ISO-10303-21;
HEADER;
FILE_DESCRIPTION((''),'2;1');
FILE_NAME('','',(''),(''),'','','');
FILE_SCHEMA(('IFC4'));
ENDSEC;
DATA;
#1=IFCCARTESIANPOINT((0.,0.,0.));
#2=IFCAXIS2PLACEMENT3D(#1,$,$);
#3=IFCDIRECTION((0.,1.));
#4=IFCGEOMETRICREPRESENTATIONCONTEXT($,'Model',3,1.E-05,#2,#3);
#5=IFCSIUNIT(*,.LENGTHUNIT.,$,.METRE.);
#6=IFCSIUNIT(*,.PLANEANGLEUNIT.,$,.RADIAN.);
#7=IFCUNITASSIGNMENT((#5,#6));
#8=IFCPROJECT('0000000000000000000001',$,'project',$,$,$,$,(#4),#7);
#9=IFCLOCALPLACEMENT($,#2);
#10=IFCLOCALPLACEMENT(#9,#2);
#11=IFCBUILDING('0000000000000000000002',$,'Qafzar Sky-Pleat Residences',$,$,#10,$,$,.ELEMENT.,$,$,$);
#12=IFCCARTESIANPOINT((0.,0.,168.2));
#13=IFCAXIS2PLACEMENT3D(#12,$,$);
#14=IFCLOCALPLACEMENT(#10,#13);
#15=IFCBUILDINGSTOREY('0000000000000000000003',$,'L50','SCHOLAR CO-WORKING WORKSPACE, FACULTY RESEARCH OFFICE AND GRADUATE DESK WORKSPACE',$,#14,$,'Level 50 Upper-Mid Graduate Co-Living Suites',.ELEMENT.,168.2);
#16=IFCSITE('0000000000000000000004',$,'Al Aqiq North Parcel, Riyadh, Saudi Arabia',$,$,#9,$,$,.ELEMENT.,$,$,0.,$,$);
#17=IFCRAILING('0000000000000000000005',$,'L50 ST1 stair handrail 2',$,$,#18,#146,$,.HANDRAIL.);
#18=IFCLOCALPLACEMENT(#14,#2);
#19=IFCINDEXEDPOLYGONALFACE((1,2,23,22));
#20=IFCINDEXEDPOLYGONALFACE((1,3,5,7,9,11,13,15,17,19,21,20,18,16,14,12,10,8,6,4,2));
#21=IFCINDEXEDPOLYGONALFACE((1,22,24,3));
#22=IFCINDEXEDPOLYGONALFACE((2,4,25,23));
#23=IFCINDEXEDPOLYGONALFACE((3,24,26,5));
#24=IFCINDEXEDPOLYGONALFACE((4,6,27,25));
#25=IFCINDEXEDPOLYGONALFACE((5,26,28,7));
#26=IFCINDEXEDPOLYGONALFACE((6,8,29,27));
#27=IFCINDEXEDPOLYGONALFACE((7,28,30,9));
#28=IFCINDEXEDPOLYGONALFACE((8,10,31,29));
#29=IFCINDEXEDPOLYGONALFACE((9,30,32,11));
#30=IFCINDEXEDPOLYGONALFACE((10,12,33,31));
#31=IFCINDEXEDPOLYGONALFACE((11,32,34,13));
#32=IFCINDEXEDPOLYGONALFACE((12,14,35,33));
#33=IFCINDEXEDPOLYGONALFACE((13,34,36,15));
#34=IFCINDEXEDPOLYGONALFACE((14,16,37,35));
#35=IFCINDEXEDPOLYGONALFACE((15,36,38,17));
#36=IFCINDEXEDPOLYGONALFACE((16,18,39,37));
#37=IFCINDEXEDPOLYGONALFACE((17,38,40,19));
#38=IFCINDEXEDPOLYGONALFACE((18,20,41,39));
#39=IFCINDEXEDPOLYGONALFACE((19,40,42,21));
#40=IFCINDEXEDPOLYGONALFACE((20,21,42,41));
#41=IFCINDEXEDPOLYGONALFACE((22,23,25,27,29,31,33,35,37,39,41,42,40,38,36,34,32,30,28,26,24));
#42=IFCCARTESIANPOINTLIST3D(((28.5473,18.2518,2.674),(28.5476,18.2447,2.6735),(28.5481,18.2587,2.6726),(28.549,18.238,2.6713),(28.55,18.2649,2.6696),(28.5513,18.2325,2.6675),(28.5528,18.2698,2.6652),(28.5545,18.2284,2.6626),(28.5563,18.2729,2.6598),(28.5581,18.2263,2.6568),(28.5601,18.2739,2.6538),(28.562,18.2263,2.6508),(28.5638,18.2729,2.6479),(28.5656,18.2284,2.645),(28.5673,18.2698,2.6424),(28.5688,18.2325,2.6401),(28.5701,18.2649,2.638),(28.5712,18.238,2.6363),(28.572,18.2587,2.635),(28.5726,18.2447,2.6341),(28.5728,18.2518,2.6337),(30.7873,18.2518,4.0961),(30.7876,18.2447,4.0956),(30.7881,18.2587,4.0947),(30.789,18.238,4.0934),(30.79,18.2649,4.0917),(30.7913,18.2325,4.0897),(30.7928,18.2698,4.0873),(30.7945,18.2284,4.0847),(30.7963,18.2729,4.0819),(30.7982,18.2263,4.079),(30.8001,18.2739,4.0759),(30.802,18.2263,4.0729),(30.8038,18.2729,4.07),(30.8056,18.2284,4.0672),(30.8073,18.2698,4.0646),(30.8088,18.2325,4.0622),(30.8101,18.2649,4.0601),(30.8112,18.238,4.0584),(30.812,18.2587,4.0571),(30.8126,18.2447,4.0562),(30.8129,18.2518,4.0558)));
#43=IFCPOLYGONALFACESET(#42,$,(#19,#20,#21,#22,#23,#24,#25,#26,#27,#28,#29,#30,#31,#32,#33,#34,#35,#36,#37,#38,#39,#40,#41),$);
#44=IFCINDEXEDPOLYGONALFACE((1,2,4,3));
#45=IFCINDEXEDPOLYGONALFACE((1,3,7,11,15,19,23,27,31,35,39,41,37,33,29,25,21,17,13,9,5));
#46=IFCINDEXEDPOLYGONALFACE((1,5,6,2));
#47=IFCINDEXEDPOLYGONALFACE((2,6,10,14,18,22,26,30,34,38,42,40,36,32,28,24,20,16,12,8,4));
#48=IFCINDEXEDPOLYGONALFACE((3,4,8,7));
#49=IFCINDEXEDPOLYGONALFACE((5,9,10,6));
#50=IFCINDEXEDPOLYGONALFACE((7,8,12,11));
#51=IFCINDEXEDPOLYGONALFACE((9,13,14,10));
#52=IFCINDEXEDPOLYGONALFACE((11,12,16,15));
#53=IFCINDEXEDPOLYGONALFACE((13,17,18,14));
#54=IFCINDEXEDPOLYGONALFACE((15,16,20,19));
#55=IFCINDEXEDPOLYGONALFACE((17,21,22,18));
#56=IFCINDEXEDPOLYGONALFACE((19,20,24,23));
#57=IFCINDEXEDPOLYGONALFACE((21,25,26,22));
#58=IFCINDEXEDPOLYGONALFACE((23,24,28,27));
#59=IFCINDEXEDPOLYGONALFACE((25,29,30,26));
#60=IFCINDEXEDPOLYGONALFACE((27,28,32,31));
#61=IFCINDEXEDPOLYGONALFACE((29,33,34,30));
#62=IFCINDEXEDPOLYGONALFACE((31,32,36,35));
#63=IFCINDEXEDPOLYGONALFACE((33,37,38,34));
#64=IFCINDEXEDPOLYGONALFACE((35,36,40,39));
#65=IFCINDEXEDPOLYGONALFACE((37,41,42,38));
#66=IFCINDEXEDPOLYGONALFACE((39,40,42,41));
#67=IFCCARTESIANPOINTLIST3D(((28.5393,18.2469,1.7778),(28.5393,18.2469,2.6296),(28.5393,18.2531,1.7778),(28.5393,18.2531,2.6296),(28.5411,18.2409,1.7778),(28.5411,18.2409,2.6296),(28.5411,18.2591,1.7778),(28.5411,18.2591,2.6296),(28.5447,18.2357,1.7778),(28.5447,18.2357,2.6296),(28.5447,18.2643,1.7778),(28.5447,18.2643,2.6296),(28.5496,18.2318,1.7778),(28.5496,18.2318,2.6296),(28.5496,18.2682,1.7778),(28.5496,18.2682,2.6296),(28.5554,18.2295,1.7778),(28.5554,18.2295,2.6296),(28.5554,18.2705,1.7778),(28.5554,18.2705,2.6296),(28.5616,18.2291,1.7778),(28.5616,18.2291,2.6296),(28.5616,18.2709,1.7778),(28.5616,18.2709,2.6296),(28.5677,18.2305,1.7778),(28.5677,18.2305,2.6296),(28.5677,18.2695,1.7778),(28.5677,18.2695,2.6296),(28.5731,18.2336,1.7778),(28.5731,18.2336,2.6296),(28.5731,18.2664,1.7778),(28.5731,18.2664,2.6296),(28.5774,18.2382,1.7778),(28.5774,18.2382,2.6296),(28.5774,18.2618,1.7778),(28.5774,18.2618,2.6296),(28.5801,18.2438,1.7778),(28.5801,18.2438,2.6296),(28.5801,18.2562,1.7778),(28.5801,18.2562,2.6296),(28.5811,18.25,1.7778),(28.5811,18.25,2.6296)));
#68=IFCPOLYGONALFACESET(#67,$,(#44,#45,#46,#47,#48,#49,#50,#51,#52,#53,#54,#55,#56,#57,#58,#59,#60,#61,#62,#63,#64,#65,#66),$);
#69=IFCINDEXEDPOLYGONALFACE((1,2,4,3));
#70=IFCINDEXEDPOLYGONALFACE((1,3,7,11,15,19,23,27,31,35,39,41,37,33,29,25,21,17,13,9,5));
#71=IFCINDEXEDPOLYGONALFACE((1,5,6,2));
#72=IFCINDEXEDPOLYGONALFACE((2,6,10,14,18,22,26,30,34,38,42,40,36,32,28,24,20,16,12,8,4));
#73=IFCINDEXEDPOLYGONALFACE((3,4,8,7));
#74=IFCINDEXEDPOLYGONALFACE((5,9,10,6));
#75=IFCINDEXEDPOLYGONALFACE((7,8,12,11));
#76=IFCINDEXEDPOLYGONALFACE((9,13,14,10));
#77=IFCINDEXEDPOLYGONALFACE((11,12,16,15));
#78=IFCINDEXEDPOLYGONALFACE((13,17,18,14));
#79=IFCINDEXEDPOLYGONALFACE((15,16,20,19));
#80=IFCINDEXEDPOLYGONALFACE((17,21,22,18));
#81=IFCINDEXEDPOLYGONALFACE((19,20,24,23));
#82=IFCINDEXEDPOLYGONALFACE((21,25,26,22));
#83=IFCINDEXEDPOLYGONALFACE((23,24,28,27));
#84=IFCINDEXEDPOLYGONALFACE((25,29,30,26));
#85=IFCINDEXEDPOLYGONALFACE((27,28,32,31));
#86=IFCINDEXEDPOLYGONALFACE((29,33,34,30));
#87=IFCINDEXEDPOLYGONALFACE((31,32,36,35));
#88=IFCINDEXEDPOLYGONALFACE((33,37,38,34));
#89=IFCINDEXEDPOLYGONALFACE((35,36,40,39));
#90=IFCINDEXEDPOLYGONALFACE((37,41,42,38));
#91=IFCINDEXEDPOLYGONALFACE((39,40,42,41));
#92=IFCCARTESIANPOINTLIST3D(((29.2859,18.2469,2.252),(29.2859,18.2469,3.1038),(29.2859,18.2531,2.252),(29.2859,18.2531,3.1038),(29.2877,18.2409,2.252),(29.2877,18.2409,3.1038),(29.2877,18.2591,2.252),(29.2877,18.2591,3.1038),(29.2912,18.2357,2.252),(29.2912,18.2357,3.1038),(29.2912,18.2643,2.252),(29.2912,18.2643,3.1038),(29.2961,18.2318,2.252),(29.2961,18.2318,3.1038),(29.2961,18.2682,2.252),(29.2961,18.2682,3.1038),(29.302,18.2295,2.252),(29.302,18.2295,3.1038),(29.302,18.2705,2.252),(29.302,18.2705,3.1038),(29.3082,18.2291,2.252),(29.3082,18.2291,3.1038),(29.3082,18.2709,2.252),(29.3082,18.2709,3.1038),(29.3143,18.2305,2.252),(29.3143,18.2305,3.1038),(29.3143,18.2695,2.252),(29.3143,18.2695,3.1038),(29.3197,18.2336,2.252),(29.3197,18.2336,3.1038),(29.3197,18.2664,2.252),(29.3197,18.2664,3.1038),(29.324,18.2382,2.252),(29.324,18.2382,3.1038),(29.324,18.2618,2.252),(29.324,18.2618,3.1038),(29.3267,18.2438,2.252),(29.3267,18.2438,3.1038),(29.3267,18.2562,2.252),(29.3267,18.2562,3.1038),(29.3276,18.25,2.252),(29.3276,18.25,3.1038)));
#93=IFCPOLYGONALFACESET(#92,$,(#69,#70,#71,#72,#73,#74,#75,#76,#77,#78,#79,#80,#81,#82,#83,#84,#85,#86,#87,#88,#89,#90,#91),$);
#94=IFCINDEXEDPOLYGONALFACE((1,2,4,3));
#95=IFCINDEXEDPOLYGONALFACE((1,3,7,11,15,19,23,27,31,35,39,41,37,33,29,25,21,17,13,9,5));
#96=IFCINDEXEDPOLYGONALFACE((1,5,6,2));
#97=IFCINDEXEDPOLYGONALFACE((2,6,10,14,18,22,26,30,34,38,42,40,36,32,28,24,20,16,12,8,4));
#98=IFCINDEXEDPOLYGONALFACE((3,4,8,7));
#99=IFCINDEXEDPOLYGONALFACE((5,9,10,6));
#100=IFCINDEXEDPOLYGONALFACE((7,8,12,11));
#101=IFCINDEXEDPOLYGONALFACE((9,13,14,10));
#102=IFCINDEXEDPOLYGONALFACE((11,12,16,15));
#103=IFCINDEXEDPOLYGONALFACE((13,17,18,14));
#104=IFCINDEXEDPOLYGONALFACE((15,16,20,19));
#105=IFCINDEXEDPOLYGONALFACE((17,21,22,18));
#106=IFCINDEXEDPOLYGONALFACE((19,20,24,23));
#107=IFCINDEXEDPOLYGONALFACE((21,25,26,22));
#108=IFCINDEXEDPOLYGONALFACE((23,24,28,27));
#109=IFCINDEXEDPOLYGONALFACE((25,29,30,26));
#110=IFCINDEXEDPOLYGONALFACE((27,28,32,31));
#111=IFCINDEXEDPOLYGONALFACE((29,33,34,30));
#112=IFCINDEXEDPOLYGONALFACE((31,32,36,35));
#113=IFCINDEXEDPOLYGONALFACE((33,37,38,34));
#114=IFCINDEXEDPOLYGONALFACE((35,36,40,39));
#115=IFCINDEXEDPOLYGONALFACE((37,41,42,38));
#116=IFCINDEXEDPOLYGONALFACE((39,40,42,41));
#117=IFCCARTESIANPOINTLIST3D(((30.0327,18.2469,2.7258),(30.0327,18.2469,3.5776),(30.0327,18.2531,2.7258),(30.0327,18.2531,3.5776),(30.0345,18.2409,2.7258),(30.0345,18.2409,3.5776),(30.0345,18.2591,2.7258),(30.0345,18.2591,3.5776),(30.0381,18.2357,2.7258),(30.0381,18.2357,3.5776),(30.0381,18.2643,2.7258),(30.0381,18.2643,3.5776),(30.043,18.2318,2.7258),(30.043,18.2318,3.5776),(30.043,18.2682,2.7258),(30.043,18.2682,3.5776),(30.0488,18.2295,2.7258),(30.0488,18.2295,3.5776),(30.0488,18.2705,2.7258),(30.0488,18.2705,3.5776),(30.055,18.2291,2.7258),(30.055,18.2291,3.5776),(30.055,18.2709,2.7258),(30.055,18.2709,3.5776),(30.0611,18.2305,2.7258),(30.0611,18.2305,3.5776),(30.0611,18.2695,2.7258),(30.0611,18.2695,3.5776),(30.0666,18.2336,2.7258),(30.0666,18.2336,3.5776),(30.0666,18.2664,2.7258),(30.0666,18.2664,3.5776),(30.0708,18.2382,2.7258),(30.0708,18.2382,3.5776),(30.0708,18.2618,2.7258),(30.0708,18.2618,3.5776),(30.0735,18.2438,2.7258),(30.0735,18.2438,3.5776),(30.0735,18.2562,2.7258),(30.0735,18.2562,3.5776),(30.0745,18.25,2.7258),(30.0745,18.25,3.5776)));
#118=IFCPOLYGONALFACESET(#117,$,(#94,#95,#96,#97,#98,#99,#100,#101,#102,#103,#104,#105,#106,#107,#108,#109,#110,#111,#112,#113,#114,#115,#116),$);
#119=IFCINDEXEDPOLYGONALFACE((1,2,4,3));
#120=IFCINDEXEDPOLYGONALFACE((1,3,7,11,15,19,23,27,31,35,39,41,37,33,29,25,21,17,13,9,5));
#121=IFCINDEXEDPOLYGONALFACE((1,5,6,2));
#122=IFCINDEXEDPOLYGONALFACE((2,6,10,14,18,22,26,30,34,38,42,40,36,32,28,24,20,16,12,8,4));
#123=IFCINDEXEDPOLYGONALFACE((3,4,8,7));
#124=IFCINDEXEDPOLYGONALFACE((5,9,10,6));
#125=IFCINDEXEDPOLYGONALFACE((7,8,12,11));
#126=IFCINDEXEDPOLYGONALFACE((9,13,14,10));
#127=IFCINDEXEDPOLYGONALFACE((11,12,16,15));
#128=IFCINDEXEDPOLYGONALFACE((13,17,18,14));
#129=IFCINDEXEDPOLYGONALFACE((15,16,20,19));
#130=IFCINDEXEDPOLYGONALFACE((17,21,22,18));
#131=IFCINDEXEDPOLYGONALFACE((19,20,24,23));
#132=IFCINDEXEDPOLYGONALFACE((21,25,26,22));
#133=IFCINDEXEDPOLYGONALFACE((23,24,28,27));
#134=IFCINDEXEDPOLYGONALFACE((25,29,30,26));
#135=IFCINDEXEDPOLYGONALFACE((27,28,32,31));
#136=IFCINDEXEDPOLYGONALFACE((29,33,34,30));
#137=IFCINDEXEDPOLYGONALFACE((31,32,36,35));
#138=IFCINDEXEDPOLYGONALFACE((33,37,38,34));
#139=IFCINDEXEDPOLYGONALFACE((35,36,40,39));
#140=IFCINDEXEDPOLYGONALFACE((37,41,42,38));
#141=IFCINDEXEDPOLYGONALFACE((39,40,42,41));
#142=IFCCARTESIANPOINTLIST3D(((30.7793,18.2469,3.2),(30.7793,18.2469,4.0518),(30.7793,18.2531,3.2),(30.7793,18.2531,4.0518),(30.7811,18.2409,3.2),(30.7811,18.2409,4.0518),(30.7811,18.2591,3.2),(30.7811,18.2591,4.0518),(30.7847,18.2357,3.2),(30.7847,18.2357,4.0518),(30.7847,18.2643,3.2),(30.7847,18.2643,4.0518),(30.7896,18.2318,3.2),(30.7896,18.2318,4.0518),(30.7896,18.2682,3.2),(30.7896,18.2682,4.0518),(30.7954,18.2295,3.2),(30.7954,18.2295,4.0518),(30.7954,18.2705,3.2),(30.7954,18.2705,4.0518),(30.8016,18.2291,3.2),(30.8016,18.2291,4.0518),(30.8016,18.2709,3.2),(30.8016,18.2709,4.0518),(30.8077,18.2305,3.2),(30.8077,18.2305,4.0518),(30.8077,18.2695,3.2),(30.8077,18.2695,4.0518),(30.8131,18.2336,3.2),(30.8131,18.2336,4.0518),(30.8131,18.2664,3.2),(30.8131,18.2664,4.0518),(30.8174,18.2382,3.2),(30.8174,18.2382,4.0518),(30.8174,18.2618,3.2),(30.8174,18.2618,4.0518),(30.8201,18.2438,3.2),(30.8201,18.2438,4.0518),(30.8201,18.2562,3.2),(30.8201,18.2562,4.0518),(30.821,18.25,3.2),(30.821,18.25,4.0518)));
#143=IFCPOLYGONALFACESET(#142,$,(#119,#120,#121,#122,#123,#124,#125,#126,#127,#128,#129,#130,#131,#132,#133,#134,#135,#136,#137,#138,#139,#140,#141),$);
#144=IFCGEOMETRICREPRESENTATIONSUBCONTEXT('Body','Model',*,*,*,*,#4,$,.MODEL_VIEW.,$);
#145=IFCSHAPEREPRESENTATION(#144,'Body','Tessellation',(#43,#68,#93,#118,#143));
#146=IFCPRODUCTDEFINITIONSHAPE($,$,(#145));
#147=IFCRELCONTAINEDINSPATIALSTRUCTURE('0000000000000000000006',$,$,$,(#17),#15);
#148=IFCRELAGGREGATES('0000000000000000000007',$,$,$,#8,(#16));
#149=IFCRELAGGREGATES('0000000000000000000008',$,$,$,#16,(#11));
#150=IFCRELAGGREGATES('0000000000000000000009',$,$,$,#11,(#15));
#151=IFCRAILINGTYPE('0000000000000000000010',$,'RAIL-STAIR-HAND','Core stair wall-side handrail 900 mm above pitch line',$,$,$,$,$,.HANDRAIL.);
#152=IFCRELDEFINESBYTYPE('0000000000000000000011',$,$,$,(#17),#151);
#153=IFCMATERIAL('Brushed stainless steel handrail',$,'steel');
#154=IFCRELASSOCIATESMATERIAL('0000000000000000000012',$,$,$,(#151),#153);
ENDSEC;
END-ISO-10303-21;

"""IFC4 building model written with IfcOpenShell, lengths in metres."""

from ifc_helpers import new_model, si_unit, direction, frame, origin, origin_2d, place, context, subcontext, project, spatial, circle, extrude, source, transform, mapped, material, type_object, element, save


model = new_model("IFC4")

# Units and contexts
model_context = context("Model", 3, precision=1e-05, world=origin(), true_north=direction((0.0, 1.0)))
body_context = subcontext(model_context, "Body", "Model", "MODEL_VIEW")
ifc_project = project(units=[si_unit("LENGTHUNIT", "METRE"), si_unit("PLANEANGLEUNIT", "RADIAN")], contexts=[model_context])

# Site, building, storey
site_placement = place(None, origin())
site = spatial("IfcSite", under=ifc_project, at=site_placement, Name="Al Aqiq North Parcel, Riyadh, Saudi Arabia", CompositionType="ELEMENT", RefElevation=0.0)
building_placement = place(site_placement, origin())
building = spatial("IfcBuilding", under=site, at=building_placement, Name="Qafzar Sky-Pleat Residences", CompositionType="ELEMENT")
storey_placement = place(building_placement, frame((0.0, 0.0, 168.2)))
storey = spatial("IfcBuildingStorey", under=building, at=storey_placement, Name="L50", Description="SCHOLAR CO-WORKING WORKSPACE, FACULTY RESEARCH OFFICE AND GRADUATE DESK WORKSPACE", LongName="Level 50 Upper-Mid Graduate Co-Living Suites", CompositionType="ELEMENT", Elevation=168.2)

# Railing
ifc_material_1 = material(Name="Brushed stainless steel handrail", Category="steel")
railing_type_1 = type_object("IfcRailingType", Name="RAIL-STAIR-HAND", Description="Core stair wall-side handrail 900 mm above pitch line", PredefinedType="HANDRAIL", material=ifc_material_1)
shared_shape_1 = source(origin(), body_context, "Body", "SweptSolid", [
    extrude(circle(Radius=0.0239, at=origin_2d()), frame((0.0, 0.0, 0.876), z_axis=(0.844229, 0.0, 0.535982), x_axis=(0.0, 1.0, 0.0)), (0.0, 0.0, 1.0), 2.6533),
    extrude(circle(Radius=0.021, at=origin_2d()), origin(), (0.0, 0.0, 1.0), 0.8518),
    extrude(circle(Radius=0.021, at=origin_2d()), frame((0.7466, 0.0, 0.4741)), (0.0, 0.0, 1.0), 0.8518),
    extrude(circle(Radius=0.021, at=origin_2d()), frame((1.4934, 0.0, 0.948)), (0.0, 0.0, 1.0), 0.8518),
    extrude(circle(Radius=0.021, at=origin_2d()), frame((2.24, 0.0, 1.4221)), (0.0, 0.0, 1.0), 0.8518),
])
railing_1_placement = place(storey_placement, frame((28.5601, 18.25, 1.7778)))
element("IfcRailing", 1, at=railing_1_placement, inside=storey, type_object=railing_type_1, Name="L50 ST1 stair handrail 2", PredefinedType="HANDRAIL", context=body_context, shape_type="MappedRepresentation", body=[
    mapped(shared_shape_1, transform((0.0, 0.0, 0.0), x_axis=(1.0, 0.0, 0.0), y_axis=(0.0, 1.0, 0.0), z_axis=(0.0, 0.0, 1.0), scale=1.0)),
])

save(model, "model.ifc")
